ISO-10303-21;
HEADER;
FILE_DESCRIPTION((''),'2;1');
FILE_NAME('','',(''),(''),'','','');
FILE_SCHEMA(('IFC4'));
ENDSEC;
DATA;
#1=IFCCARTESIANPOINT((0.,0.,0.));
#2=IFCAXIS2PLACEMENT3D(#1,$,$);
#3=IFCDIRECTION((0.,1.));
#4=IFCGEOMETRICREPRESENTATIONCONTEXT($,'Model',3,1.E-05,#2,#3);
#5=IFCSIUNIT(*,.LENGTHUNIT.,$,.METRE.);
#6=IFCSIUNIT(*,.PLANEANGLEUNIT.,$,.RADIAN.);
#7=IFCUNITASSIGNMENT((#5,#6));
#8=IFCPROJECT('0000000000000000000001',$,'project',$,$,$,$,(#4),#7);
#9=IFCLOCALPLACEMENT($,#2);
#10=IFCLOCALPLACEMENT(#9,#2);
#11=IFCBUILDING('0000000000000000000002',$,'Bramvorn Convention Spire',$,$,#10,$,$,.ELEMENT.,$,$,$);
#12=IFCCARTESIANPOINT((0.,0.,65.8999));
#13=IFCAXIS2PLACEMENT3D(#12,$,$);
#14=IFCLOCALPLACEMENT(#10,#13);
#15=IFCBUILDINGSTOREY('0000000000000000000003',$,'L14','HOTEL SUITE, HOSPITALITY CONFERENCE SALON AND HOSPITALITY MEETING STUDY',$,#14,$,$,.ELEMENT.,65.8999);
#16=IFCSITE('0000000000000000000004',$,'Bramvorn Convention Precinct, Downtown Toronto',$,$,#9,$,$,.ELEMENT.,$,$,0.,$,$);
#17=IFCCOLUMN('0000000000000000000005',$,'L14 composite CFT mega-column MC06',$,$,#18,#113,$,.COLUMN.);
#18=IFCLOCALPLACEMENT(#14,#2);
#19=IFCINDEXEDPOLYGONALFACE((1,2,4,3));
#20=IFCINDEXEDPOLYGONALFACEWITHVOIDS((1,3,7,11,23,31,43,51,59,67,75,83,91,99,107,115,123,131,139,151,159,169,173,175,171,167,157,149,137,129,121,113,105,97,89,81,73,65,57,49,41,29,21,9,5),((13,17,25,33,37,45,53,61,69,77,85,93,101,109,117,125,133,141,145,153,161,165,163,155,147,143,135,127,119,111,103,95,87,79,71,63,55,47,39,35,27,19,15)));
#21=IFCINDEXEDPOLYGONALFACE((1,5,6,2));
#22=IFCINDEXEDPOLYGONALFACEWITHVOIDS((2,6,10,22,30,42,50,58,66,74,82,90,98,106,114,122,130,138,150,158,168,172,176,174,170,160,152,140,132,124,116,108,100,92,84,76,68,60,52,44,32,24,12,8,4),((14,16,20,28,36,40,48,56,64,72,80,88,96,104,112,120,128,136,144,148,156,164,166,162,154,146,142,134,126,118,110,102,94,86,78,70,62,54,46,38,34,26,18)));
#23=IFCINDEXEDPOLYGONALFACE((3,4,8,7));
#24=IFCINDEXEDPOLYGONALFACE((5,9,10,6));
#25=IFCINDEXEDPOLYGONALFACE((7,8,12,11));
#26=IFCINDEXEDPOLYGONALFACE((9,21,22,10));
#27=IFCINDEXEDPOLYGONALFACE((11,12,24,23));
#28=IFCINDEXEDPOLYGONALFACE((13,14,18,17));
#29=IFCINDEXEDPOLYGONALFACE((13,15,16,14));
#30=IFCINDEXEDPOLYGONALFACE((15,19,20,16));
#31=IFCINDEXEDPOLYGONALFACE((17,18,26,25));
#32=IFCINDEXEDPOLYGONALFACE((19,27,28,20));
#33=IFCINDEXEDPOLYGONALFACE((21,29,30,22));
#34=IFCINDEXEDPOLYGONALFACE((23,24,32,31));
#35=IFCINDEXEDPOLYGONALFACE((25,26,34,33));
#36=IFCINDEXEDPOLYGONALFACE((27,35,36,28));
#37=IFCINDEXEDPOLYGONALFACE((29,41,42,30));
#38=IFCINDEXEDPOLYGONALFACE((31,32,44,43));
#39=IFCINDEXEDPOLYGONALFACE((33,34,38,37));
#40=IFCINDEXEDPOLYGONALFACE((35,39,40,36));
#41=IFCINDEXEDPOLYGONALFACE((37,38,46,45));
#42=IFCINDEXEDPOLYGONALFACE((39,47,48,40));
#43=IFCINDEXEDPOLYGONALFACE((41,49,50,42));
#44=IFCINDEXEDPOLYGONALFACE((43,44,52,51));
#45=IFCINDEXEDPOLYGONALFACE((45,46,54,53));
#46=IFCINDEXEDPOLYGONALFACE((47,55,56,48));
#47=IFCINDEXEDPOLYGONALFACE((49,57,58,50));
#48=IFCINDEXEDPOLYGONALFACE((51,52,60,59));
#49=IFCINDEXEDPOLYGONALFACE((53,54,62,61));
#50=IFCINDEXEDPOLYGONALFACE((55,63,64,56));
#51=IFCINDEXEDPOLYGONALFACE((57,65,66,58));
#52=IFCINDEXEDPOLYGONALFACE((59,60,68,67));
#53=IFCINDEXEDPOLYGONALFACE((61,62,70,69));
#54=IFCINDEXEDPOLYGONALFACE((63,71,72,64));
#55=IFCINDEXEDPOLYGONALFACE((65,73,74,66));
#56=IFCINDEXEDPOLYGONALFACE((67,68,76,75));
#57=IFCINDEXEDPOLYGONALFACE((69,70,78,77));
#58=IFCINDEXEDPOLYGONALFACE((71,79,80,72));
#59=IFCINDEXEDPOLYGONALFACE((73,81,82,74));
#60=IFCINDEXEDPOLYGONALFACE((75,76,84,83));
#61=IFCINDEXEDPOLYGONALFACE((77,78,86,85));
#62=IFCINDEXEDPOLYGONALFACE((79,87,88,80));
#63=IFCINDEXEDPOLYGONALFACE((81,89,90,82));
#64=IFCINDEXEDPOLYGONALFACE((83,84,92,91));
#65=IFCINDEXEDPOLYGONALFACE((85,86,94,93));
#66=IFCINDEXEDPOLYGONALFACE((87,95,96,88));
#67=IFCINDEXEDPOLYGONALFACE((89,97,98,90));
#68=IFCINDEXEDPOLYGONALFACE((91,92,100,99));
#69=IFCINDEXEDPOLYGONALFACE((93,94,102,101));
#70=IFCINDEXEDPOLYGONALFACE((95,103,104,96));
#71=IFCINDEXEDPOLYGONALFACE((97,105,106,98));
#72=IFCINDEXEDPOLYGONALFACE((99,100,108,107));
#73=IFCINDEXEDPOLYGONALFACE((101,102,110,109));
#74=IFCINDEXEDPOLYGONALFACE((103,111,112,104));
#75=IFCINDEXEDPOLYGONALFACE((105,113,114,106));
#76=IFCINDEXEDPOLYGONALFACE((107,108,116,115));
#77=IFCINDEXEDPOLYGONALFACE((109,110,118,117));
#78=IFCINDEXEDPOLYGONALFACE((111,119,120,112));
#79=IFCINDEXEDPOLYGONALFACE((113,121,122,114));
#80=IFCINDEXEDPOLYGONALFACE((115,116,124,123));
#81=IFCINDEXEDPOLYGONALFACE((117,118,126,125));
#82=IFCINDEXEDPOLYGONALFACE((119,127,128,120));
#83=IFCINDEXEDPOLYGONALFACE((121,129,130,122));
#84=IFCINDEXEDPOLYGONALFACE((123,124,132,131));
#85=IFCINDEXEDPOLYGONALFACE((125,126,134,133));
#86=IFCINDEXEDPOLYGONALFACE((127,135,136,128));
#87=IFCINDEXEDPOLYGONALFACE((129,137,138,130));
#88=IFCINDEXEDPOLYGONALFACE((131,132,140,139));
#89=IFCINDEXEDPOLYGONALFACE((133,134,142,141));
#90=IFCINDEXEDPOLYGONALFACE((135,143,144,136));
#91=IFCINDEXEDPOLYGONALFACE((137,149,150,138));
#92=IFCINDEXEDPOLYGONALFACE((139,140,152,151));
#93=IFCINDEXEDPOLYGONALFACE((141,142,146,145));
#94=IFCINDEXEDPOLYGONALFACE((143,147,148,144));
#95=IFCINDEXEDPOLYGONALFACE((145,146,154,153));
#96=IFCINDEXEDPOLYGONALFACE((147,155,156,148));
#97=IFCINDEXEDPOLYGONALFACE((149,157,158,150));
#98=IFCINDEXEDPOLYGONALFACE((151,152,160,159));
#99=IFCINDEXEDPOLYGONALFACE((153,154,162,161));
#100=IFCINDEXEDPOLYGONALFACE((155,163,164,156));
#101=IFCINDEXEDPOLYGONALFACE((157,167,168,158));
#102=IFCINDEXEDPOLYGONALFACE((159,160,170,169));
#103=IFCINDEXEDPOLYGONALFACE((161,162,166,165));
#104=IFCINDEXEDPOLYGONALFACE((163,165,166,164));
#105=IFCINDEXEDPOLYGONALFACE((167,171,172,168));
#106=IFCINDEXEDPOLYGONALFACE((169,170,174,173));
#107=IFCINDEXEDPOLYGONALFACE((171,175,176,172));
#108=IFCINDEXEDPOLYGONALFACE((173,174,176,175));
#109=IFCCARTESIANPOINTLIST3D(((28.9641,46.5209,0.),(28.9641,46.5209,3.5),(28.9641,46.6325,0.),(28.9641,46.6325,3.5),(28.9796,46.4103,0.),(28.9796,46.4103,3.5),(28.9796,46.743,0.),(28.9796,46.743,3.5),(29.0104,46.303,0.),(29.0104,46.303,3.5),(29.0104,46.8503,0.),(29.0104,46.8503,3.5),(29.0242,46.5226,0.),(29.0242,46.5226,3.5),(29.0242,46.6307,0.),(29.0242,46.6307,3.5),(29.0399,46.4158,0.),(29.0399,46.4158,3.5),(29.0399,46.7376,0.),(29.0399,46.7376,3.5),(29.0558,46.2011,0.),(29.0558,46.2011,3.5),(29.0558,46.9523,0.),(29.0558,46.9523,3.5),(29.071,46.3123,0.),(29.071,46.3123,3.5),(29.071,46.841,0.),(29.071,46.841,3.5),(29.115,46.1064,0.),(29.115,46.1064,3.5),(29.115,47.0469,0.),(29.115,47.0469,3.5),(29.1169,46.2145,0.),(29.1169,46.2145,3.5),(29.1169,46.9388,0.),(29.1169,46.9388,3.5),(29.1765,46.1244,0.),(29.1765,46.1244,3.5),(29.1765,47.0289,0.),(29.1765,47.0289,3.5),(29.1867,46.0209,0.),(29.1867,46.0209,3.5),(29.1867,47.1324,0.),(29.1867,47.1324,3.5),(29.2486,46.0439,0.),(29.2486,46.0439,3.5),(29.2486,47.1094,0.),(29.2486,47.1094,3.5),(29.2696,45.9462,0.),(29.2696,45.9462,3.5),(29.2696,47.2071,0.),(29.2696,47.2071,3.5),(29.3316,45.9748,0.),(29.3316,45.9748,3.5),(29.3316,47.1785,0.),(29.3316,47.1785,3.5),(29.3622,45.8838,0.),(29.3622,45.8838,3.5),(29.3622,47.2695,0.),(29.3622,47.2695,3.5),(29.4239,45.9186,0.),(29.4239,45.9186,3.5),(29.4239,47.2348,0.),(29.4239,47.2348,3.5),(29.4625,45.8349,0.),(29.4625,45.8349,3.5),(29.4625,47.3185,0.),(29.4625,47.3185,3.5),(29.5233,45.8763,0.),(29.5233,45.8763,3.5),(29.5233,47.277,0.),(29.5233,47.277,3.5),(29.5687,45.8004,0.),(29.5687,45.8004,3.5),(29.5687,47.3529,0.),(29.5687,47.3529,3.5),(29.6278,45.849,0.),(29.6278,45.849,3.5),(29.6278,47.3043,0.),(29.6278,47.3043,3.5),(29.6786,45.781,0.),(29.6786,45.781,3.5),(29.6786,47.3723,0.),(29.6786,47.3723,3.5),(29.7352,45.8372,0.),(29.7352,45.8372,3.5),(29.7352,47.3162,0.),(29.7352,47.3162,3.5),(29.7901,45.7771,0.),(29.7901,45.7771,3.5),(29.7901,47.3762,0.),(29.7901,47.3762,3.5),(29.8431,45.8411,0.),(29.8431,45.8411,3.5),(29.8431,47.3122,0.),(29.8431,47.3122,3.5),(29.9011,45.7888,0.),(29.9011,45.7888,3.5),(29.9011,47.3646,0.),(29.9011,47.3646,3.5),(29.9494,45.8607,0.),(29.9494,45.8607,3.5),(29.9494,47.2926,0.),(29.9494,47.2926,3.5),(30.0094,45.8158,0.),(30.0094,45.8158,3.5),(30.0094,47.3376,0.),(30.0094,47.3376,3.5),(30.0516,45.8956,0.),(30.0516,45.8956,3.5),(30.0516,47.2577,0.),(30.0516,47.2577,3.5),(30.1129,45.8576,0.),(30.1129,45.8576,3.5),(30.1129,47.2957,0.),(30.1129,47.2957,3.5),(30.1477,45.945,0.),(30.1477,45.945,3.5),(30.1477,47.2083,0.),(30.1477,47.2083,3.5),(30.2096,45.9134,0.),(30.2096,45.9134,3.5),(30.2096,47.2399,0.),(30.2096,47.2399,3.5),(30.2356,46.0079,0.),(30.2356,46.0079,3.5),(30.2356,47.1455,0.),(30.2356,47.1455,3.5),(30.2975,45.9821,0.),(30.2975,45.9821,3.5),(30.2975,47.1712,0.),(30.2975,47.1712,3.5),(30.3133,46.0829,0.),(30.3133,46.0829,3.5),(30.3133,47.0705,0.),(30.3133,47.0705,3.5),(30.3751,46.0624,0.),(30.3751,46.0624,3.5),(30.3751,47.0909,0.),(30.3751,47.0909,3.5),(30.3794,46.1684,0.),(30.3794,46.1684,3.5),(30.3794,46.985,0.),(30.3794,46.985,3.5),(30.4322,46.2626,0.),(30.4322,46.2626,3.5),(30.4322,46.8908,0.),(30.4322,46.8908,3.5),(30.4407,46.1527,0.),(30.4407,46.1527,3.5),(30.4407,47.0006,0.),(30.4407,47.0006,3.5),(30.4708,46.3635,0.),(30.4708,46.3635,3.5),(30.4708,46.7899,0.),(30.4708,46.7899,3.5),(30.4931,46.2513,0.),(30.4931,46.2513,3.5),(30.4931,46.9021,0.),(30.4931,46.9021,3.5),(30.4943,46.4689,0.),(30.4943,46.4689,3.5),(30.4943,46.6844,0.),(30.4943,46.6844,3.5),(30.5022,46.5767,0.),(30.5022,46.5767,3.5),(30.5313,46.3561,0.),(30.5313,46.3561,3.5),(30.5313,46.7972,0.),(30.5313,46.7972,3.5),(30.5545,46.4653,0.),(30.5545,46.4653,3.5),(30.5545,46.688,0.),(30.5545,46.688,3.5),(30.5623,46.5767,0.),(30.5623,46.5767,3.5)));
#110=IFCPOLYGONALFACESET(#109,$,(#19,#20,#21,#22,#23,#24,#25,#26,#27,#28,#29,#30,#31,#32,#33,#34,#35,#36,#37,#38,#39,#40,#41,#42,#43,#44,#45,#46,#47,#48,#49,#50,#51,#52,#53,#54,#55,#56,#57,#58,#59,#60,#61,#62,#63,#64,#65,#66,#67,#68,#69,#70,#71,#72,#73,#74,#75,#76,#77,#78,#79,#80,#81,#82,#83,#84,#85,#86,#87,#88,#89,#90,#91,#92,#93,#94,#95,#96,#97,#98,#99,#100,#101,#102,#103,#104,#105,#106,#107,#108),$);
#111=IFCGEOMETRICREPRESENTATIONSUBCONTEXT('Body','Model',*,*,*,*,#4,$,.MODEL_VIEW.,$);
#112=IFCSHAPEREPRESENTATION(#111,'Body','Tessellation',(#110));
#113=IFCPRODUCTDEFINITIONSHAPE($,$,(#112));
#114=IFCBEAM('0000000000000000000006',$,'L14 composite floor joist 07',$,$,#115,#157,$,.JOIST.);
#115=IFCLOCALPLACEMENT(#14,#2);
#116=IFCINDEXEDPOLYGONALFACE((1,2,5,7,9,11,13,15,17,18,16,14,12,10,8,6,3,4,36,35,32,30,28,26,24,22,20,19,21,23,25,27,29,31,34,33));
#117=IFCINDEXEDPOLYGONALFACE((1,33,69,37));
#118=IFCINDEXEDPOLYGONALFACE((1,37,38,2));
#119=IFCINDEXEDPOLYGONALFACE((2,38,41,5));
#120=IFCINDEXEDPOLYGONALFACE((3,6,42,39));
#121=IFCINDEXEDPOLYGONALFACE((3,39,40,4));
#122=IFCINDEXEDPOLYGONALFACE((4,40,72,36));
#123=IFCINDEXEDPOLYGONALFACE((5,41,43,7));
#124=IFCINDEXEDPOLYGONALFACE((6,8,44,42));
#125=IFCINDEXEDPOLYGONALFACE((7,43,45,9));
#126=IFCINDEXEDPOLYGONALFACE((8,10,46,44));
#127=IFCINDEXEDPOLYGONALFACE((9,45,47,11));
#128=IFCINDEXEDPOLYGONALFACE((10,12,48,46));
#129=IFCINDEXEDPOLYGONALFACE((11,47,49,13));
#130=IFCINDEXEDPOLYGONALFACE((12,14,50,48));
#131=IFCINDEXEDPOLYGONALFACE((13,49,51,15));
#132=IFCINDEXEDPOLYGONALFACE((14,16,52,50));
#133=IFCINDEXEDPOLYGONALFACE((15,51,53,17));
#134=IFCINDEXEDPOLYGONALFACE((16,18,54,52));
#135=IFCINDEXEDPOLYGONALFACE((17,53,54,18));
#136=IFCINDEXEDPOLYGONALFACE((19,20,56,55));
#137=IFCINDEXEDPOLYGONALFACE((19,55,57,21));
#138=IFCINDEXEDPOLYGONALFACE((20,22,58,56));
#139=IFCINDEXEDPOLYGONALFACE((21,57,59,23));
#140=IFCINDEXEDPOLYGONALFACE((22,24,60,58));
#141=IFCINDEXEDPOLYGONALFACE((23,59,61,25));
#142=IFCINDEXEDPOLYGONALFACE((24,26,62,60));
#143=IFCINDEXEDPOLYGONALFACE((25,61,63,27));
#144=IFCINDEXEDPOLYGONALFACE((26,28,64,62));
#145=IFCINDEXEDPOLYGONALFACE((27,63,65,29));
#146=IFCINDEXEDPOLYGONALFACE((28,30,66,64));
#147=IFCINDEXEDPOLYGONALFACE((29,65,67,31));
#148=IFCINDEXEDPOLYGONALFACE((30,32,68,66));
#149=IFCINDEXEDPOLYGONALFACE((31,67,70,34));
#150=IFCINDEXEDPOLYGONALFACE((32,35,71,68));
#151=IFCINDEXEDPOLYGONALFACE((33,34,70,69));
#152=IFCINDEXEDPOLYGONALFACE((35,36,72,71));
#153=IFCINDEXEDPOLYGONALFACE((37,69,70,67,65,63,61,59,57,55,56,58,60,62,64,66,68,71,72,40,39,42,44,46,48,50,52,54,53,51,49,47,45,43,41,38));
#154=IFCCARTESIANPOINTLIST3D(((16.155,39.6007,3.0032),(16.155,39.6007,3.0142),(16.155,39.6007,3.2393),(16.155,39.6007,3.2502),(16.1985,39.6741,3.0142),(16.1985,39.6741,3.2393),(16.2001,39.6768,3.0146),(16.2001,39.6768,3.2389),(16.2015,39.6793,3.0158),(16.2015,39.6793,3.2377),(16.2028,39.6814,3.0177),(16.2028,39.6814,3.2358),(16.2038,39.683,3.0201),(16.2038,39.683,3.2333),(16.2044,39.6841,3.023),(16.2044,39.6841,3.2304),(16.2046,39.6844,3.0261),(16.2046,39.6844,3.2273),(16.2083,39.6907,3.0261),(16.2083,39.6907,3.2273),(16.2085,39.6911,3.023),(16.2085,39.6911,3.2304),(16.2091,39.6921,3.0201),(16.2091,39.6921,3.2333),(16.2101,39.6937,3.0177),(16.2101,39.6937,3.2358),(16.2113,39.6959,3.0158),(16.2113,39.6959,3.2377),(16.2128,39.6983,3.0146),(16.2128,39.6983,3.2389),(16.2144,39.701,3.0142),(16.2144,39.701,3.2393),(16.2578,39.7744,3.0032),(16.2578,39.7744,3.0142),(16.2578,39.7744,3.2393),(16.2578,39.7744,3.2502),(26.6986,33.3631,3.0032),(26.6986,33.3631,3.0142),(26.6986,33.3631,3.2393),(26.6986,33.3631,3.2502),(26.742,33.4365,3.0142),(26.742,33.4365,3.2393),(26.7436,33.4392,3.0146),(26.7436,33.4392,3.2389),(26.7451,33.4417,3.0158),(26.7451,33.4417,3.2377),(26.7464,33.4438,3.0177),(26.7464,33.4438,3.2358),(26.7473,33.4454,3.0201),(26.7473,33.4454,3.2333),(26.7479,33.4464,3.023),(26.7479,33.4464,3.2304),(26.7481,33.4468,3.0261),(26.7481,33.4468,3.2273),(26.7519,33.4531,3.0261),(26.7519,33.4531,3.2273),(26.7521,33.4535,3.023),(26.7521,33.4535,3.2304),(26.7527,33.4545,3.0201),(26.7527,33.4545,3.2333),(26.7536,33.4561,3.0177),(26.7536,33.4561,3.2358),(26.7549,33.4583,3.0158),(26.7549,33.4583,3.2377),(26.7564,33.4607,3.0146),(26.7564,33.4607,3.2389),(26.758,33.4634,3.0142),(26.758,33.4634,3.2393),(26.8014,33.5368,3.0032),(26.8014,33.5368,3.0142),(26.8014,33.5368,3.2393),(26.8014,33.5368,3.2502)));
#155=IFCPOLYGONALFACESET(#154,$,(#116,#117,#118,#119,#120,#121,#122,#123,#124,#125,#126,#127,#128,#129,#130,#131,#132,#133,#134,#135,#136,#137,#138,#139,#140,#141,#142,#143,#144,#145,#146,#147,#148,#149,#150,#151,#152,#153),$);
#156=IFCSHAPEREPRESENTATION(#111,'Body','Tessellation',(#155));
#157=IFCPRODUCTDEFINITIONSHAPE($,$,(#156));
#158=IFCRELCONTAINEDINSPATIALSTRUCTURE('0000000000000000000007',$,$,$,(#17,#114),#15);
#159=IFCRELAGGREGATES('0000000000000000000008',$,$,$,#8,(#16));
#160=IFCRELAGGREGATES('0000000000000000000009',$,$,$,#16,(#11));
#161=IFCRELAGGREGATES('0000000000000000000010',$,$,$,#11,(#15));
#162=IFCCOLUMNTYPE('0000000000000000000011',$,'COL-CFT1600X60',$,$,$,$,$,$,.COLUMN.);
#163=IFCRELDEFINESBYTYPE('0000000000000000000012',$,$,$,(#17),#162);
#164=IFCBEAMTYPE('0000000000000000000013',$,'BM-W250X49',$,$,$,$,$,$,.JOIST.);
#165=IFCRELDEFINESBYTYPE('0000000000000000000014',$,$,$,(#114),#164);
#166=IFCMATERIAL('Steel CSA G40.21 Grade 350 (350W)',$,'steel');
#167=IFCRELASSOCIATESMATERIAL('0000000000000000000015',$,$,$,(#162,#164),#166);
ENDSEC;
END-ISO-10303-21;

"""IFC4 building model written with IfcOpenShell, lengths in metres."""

from ifc_helpers import new_model, si_unit, direction, frame, origin, origin_2d, place, context, subcontext, project, spatial, hollow_circle, i_section, extrude, material, material_profile, profile_set, type_object, element, save


model = new_model("IFC4")

# Units and contexts
model_context = context("Model", 3, precision=1e-05, world=origin(), true_north=direction((0.0, 1.0)))
body_context = subcontext(model_context, "Body", "Model", "MODEL_VIEW")
ifc_project = project(units=[si_unit("LENGTHUNIT", "METRE"), si_unit("PLANEANGLEUNIT", "RADIAN")], contexts=[model_context])

# Site, building, storey
site_placement = place(None, origin())
site = spatial("IfcSite", under=ifc_project, at=site_placement, Name="Bramvorn Convention Precinct, Downtown Toronto", CompositionType="ELEMENT", RefElevation=0.0)
building_placement = place(site_placement, origin())
building = spatial("IfcBuilding", under=site, at=building_placement, Name="Bramvorn Convention Spire", CompositionType="ELEMENT")
storey_placement = place(building_placement, frame((0.0, 0.0, 65.8999)))
storey = spatial("IfcBuildingStorey", under=building, at=storey_placement, Name="L14", Description="HOTEL SUITE, HOSPITALITY CONFERENCE SALON AND HOSPITALITY MEETING STUDY", CompositionType="ELEMENT", Elevation=65.8999)

# Column
ifc_material_1 = material(Name="Steel CSA G40.21 Grade 350 (350W)", Category="steel")
ifc_material_profile_1 = material_profile(ifc_material_1, hollow_circle(Radius=0.8, WallThickness=0.0601, at=origin_2d()))
ifc_profile_set_1 = profile_set([ifc_material_profile_1], Name="Steel CSA G40.21 Grade 350 (350W) - CFT1600X60")
column_type = type_object("IfcColumnType", Name="COL-CFT1600X60", PredefinedType="COLUMN", material=ifc_profile_set_1)
column_placement = place(storey_placement, frame((29.7622, 46.5767, 0.0), z_axis=(0.0, 0.0, 1.0), x_axis=(1.0, 0.0, 0.0)))
element("IfcColumn", 1, at=column_placement, inside=storey, type_object=column_type, Name="L14 composite CFT mega-column MC06", PredefinedType="COLUMN", context=body_context, shape_type="SweptSolid", body=[
    extrude(hollow_circle(Radius=0.8, WallThickness=0.0601, at=origin_2d()), origin(), (0.0, 0.0, 1.0), 3.5),
])

# Beam
ifc_material_profile_2 = material_profile(ifc_material_1, i_section(OverallWidth=0.2019, OverallDepth=0.2471, WebThickness=0.0073, FlangeThickness=0.011, FilletRadius=0.012, at=origin_2d()))
ifc_profile_set_2 = profile_set([ifc_material_profile_2], Name="Steel CSA G40.21 Grade 350 (350W) - W250X49")
beam_type_1 = type_object("IfcBeamType", Name="BM-W250X49", PredefinedType="JOIST", material=ifc_profile_set_2)
beam_1_placement = place(storey_placement, frame((26.75, 33.45, 3.1267), z_axis=(-0.860665, 0.509172, 0.0), x_axis=(-0.509172, -0.860665, 0.0)))
element("IfcBeam", 2, at=beam_1_placement, inside=storey, type_object=beam_type_1, Name="L14 composite floor joist 07", PredefinedType="JOIST", context=body_context, shape_type="SweptSolid", body=[
    extrude(i_section(OverallWidth=0.2019, OverallDepth=0.2471, WebThickness=0.0073, FlangeThickness=0.011, FilletRadius=0.012, at=origin_2d()), origin(), (0.0, 0.0, 1.0), 12.2505),
])

save(model, "model.ifc")
